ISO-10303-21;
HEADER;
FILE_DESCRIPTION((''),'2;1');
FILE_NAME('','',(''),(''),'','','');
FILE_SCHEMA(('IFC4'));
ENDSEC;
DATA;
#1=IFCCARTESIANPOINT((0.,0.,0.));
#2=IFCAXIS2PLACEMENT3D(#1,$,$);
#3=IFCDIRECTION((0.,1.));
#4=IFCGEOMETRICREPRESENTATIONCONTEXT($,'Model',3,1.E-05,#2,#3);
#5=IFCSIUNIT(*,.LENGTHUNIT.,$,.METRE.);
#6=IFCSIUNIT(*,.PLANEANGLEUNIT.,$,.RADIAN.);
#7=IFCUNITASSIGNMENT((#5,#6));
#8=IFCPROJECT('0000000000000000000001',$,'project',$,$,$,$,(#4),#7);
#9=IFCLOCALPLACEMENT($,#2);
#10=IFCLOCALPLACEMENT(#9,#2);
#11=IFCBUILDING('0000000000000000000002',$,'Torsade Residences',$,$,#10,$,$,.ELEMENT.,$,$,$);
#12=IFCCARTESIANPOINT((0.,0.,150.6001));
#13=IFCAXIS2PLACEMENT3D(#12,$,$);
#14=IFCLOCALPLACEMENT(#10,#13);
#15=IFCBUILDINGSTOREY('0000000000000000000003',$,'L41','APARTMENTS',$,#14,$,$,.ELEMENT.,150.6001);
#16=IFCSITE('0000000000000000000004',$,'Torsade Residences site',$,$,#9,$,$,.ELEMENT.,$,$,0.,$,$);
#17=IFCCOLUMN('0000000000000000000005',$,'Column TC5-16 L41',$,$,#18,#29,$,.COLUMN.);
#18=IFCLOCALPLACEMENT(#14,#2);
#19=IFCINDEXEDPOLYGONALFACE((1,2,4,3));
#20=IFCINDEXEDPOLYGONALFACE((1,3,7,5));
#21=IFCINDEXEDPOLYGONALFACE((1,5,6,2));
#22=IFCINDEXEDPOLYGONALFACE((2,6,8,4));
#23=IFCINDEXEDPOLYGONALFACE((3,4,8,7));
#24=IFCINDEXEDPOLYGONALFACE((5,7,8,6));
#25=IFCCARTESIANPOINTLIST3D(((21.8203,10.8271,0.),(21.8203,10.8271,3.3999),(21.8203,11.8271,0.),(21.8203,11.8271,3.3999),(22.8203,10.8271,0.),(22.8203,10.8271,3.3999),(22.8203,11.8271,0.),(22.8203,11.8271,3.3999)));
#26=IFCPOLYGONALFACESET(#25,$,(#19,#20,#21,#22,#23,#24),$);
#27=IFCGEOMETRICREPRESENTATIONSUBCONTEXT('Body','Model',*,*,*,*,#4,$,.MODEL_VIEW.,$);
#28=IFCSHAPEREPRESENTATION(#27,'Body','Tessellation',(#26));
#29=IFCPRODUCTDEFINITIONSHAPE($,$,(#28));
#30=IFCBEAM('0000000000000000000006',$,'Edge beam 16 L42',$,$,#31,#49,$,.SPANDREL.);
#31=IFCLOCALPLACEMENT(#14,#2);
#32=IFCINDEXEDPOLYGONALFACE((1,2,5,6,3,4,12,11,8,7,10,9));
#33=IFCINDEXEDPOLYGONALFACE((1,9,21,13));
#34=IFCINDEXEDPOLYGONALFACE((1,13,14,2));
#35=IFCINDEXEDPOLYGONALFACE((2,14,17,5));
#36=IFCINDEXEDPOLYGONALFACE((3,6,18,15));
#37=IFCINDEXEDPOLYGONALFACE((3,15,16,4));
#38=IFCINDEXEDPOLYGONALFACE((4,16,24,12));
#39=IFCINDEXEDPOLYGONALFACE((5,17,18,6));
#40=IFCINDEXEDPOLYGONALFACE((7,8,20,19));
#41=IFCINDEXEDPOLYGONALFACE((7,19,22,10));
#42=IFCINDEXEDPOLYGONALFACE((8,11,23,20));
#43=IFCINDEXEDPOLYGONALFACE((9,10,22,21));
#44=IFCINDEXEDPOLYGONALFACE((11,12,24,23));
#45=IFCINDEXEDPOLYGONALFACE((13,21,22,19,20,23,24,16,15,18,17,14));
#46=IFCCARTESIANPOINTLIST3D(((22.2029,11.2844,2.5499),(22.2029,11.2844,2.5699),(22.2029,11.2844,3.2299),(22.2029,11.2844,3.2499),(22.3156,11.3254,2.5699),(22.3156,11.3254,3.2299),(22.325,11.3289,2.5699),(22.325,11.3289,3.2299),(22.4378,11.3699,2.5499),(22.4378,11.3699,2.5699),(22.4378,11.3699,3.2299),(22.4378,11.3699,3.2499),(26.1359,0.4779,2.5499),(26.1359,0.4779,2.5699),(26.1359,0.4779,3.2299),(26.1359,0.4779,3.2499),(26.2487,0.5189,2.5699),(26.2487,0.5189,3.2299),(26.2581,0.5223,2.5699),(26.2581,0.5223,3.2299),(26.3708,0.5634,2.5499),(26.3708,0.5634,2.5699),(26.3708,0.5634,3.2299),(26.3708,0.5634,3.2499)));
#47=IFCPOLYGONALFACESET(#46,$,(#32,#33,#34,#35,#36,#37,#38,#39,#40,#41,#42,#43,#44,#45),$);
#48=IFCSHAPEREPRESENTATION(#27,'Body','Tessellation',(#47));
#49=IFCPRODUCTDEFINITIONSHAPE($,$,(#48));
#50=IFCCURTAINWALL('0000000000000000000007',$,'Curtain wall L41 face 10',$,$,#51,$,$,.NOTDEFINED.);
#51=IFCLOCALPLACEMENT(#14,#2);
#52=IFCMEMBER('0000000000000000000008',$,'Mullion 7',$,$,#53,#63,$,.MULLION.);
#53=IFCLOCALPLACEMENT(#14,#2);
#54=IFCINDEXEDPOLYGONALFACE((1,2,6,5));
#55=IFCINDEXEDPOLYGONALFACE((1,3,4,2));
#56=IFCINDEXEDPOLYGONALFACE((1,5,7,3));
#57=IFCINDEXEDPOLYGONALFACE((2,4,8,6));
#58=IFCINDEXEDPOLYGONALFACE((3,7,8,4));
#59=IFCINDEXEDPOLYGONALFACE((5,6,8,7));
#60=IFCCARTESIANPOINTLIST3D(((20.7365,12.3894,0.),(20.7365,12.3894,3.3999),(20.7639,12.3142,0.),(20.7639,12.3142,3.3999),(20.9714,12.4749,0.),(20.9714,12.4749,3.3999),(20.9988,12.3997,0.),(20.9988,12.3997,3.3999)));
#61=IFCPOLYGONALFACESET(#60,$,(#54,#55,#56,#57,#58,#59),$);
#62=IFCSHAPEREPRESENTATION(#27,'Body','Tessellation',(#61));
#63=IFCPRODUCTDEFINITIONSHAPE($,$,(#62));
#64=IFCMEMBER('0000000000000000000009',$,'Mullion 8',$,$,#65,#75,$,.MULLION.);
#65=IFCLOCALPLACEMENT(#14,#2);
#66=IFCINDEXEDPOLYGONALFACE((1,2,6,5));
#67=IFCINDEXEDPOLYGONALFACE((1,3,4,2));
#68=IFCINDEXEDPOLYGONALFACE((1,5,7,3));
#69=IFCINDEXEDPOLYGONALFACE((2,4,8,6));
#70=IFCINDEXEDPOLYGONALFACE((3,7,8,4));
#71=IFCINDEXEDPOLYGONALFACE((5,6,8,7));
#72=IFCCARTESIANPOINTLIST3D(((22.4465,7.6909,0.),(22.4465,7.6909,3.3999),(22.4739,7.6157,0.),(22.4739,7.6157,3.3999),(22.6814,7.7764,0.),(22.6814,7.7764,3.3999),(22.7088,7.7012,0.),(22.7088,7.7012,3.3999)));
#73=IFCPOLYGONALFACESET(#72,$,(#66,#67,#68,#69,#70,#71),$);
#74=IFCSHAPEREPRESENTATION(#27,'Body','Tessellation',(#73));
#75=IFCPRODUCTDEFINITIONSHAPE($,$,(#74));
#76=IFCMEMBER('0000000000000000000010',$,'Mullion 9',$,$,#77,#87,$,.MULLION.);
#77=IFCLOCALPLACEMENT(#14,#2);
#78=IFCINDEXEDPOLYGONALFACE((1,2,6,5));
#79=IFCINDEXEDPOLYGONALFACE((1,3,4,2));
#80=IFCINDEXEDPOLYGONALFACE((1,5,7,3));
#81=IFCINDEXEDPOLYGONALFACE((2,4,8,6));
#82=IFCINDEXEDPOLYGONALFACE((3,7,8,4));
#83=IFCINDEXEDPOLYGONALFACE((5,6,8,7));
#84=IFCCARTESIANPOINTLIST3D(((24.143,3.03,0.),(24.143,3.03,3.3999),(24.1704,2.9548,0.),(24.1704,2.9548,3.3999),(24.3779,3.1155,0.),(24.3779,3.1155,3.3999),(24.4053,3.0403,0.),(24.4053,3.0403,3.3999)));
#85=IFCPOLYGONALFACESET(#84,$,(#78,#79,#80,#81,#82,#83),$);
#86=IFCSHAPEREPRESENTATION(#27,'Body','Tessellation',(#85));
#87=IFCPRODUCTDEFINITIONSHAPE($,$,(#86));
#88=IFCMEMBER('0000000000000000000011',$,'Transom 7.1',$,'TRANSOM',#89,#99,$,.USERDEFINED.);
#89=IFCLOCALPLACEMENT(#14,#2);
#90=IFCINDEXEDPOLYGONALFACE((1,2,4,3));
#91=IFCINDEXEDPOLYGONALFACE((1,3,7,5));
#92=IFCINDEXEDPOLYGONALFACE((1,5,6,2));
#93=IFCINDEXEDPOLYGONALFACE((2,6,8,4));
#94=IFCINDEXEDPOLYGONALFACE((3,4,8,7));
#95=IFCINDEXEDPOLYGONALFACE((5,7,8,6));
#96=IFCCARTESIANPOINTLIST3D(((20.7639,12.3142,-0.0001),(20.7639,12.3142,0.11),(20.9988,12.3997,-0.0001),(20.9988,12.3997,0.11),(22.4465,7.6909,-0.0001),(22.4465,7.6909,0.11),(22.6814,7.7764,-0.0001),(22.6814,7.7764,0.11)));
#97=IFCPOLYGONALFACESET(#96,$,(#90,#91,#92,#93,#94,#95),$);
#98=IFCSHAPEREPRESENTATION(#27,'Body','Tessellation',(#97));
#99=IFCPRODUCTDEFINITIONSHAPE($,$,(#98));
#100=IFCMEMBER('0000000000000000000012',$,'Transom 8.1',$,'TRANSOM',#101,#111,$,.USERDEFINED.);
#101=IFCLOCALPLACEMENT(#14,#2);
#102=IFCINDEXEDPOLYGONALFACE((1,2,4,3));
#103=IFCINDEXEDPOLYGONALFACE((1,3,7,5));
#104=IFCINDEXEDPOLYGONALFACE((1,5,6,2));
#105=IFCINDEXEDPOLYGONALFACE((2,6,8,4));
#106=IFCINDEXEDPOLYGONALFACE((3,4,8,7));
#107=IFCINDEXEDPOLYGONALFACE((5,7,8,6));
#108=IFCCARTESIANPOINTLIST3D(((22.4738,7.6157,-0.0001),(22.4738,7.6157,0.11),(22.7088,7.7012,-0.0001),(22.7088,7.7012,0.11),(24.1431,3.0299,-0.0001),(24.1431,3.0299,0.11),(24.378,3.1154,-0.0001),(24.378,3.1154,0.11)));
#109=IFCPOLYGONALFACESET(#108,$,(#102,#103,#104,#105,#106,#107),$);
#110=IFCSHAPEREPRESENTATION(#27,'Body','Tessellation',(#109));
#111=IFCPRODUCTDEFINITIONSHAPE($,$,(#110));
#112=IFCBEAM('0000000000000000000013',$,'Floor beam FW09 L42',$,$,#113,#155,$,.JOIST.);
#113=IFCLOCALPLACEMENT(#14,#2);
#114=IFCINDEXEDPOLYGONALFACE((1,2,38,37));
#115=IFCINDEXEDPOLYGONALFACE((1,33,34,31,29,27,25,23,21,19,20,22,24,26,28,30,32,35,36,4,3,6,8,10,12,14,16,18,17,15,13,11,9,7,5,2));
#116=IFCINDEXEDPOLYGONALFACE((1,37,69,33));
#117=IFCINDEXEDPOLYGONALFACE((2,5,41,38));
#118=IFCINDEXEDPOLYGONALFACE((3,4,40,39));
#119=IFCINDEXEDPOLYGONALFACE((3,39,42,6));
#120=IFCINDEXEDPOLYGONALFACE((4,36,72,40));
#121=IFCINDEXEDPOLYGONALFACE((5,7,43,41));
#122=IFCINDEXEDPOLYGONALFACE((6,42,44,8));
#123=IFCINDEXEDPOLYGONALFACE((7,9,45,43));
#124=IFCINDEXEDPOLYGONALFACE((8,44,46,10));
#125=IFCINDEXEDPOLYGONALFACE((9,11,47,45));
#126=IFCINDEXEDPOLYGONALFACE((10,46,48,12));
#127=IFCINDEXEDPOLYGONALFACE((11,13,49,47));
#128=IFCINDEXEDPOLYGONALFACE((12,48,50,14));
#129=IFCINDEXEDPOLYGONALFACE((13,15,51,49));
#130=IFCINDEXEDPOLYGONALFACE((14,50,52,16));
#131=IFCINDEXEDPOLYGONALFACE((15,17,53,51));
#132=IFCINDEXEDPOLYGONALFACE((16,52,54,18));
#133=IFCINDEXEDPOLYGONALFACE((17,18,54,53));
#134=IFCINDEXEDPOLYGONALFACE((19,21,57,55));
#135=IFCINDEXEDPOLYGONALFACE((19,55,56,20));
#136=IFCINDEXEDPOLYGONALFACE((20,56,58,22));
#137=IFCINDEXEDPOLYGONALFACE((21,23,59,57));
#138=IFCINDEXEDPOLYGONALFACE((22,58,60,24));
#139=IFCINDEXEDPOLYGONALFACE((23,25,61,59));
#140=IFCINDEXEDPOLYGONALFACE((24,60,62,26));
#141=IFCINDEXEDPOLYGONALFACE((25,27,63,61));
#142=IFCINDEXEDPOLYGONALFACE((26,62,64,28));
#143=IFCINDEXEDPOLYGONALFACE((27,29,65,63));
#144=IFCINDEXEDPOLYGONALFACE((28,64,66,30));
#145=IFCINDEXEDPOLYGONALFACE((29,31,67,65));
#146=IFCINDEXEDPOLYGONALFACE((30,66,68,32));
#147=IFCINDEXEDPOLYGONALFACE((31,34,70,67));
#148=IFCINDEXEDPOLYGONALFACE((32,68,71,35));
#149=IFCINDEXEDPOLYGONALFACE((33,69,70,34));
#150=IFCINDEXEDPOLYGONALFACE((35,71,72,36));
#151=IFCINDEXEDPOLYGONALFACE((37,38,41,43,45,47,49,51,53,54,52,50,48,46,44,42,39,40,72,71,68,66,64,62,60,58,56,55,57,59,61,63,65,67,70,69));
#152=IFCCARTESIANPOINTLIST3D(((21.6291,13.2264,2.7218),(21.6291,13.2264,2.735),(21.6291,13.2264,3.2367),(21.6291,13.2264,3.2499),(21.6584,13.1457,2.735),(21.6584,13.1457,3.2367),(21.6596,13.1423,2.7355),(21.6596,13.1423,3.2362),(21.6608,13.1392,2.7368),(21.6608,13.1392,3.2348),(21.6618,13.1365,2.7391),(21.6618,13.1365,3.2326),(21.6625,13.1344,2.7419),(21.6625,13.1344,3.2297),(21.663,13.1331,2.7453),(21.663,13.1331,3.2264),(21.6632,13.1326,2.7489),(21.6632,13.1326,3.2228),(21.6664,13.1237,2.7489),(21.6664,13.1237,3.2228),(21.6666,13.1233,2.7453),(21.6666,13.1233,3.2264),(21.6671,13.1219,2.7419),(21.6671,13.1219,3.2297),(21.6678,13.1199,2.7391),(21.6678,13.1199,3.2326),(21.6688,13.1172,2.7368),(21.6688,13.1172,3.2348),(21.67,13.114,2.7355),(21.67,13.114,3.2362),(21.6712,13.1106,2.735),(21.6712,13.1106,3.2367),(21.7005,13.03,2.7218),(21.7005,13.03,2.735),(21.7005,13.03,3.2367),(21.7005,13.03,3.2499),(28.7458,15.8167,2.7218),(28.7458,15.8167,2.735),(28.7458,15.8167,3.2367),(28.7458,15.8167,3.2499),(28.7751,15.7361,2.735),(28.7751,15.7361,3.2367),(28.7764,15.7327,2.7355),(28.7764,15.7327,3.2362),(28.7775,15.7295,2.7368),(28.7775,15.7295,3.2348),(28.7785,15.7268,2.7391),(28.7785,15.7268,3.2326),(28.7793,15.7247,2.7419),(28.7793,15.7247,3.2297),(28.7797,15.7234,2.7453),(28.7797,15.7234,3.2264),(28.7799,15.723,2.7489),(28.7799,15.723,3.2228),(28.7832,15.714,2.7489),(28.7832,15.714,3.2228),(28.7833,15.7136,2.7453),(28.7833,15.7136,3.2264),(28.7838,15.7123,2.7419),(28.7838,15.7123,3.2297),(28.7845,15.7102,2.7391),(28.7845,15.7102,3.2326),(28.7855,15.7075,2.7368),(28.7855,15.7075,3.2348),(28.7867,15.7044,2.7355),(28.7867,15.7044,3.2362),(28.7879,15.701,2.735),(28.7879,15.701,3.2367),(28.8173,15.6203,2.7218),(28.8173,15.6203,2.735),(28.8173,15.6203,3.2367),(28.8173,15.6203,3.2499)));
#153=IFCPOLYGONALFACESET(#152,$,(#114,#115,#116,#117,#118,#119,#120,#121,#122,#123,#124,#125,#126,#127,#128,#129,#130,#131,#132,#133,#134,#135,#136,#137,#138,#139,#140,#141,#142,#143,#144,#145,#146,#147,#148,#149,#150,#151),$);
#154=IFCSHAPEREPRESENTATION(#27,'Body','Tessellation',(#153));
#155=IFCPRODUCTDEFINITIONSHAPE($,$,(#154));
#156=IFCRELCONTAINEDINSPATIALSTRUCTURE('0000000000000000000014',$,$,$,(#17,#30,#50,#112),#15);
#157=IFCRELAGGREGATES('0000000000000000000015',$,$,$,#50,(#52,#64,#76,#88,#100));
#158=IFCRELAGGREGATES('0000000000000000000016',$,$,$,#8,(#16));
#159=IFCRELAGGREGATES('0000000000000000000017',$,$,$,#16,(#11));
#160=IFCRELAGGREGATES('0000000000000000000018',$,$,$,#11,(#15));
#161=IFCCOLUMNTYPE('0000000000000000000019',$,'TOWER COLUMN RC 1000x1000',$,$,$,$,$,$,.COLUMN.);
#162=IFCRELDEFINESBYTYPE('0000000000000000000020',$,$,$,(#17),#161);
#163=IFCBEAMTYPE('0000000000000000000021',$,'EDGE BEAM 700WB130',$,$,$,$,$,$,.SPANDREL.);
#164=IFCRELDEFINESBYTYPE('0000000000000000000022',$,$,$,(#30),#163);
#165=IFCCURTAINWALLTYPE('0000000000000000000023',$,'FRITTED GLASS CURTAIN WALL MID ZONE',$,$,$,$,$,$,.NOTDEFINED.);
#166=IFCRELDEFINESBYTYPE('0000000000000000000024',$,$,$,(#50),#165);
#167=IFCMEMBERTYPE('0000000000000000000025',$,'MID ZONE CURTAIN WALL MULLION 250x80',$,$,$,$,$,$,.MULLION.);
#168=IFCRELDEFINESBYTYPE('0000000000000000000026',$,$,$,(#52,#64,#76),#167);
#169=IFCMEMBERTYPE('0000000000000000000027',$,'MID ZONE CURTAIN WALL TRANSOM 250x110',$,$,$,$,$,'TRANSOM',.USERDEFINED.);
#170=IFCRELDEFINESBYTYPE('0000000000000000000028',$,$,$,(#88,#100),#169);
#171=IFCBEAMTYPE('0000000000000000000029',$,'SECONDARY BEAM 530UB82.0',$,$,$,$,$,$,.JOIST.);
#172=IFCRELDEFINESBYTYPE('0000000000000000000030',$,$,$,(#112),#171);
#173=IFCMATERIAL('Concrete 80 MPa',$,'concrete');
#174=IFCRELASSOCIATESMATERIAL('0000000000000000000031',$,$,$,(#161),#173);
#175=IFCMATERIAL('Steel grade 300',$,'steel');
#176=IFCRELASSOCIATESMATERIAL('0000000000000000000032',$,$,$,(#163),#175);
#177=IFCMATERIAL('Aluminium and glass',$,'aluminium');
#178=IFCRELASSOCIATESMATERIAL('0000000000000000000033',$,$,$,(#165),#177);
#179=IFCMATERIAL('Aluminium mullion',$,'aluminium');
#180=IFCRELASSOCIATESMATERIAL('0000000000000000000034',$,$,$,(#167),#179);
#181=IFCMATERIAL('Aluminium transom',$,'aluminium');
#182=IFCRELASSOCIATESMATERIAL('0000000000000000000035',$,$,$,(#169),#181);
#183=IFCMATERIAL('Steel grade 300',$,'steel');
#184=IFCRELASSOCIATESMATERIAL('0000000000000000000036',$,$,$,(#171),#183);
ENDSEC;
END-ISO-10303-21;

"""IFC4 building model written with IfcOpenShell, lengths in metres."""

from ifc_helpers import new_model, si_unit, direction, frame, origin, origin_2d, place, context, subcontext, project, spatial, rectangle, i_section, extrude, material, material_profile, profile_set, type_object, element, aggregate, save


model = new_model("IFC4")

# Units and contexts
model_context = context("Model", 3, precision=1e-05, world=origin(), true_north=direction((0.0, 1.0)))
body_context = subcontext(model_context, "Body", "Model", "MODEL_VIEW")
ifc_project = project(units=[si_unit("LENGTHUNIT", "METRE"), si_unit("PLANEANGLEUNIT", "RADIAN")], contexts=[model_context])

# Site, building, storey
site_placement = place(None, origin())
site = spatial("IfcSite", under=ifc_project, at=site_placement, Name="Torsade Residences site", CompositionType="ELEMENT", RefElevation=0.0)
building_placement = place(site_placement, origin())
building = spatial("IfcBuilding", under=site, at=building_placement, Name="Torsade Residences", CompositionType="ELEMENT")
storey_placement = place(building_placement, frame((0.0, 0.0, 150.6001)))
storey = spatial("IfcBuildingStorey", under=building, at=storey_placement, Name="L41", Description="APARTMENTS", CompositionType="ELEMENT", Elevation=150.6001)

# Column
ifc_material_1 = material(Name="Concrete 80 MPa", Category="concrete")
ifc_material_profile_1 = material_profile(ifc_material_1, rectangle(XDim=1.0, YDim=1.0, at=origin_2d()), Name="RC 1000x1000")
ifc_profile_set_1 = profile_set([ifc_material_profile_1], Name="Concrete 80 MPa")
column_type = type_object("IfcColumnType", Name="TOWER COLUMN RC 1000x1000", PredefinedType="COLUMN", material=ifc_profile_set_1)
column_placement = place(storey_placement, frame((22.3203, 11.3271, 0.0), z_axis=(0.0, 0.0, 1.0), x_axis=(1.0, 0.0, 0.0)))
element("IfcColumn", 1, at=column_placement, inside=storey, type_object=column_type, Name="Column TC5-16 L41", PredefinedType="COLUMN", context=body_context, shape_type="SweptSolid", body=[
    extrude(rectangle(XDim=1.0, YDim=1.0, at=origin_2d()), origin(), (0.0, 0.0, 1.0), 3.3999),
])

# Beam
ifc_material_2 = material(Name="Steel grade 300", Category="steel")
ifc_material_profile_2 = material_profile(ifc_material_2, i_section(OverallWidth=0.25, OverallDepth=0.7, WebThickness=0.01, FlangeThickness=0.02, at=origin_2d()), Name="700WB130")
ifc_profile_set_2 = profile_set([ifc_material_profile_2], Name="Steel grade 300")
beam_type_1 = type_object("IfcBeamType", Name="EDGE BEAM 700WB130", PredefinedType="SPANDREL", material=ifc_profile_set_2)
beam_1_placement = place(storey_placement, frame((22.3203, 11.3271, 2.8999), z_axis=(0.342006, -0.939698, 0.0), x_axis=(0.939698, 0.342006, 0.0)))
element("IfcBeam", 2, at=beam_1_placement, inside=storey, type_object=beam_type_1, Name="Edge beam 16 L42", PredefinedType="SPANDREL", context=body_context, shape_type="SweptSolid", body=[
    extrude(i_section(OverallWidth=0.25, OverallDepth=0.7, WebThickness=0.01, FlangeThickness=0.02, at=origin_2d()), origin(), (0.0, 0.0, 1.0), 11.5),
])

# Curtain wall, members
ifc_material_3 = material(Name="Aluminium and glass", Category="aluminium")
curtain_wall_type = type_object("IfcCurtainWallType", Name="FRITTED GLASS CURTAIN WALL MID ZONE", PredefinedType="NOTDEFINED", material=ifc_material_3)
curtain_wall_placement = place(storey_placement, origin())
curtain_wall = element("IfcCurtainWall", 3, at=curtain_wall_placement, inside=storey, type_object=curtain_wall_type, Name="Curtain wall L41 face 10", PredefinedType="NOTDEFINED")
ifc_material_4 = material(Name="Aluminium mullion", Category="aluminium")
ifc_material_profile_3 = material_profile(ifc_material_4, rectangle(XDim=0.25, YDim=0.0801, at=origin_2d()), Name="MID ZONE CURTAIN WALL MULLION 250x80")
ifc_profile_set_3 = profile_set([ifc_material_profile_3], Name="Aluminium mullion")
member_type_1 = type_object("IfcMemberType", Name="MID ZONE CURTAIN WALL MULLION 250x80", PredefinedType="MULLION", material=ifc_profile_set_3)
member_1_placement = place(storey_placement, frame((20.8677, 12.3945, 0.0), z_axis=(0.0, 0.0, 1.0), x_axis=(0.939693, 0.34202, 0.0)))
member_1 = element("IfcMember", 4, at=member_1_placement, type_object=member_type_1, Name="Mullion 7", PredefinedType="MULLION", context=body_context, shape_type="SweptSolid", body=[
    extrude(rectangle(XDim=0.25, YDim=0.0801, at=origin_2d()), origin(), (0.0, 0.0, 1.0), 3.3999),
])
member_2_placement = place(storey_placement, frame((22.5776, 7.696, 0.0), z_axis=(0.0, 0.0, 1.0), x_axis=(0.939693, 0.34202, 0.0)))
member_2 = element("IfcMember", 5, at=member_2_placement, type_object=member_type_1, Name="Mullion 8", PredefinedType="MULLION", context=body_context, shape_type="SweptSolid", body=[
    extrude(rectangle(XDim=0.25, YDim=0.0801, at=origin_2d()), origin(), (0.0, 0.0, 1.0), 3.3999),
])
member_3_placement = place(storey_placement, frame((24.2742, 3.0352, 0.0), z_axis=(0.0, 0.0, 1.0), x_axis=(0.939693, 0.34202, 0.0)))
member_3 = element("IfcMember", 6, at=member_3_placement, type_object=member_type_1, Name="Mullion 9", PredefinedType="MULLION", context=body_context, shape_type="SweptSolid", body=[
    extrude(rectangle(XDim=0.25, YDim=0.0801, at=origin_2d()), origin(), (0.0, 0.0, 1.0), 3.3999),
])
ifc_material_5 = material(Name="Aluminium transom", Category="aluminium")
ifc_material_profile_4 = material_profile(ifc_material_5, rectangle(XDim=0.25, YDim=0.1101, at=origin_2d()), Name="MID ZONE CURTAIN WALL TRANSOM 250x110")
ifc_profile_set_4 = profile_set([ifc_material_profile_4], Name="Aluminium transom")
member_type_2 = type_object("IfcMemberType", Name="MID ZONE CURTAIN WALL TRANSOM 250x110", ElementType="TRANSOM", PredefinedType="USERDEFINED", material=ifc_profile_set_4)
member_4_placement = place(storey_placement, frame((20.8813, 12.3569, 0.0549), z_axis=(0.341998, -0.939701, 0.0), x_axis=(0.939701, 0.341998, 0.0)))
member_4 = element("IfcMember", 7, at=member_4_placement, type_object=member_type_2, Name="Transom 7.1", ObjectType="TRANSOM", PredefinedType="USERDEFINED", context=body_context, shape_type="SweptSolid", body=[
    extrude(rectangle(XDim=0.25, YDim=0.1101, at=origin_2d()), origin(), (0.0, 0.0, 1.0), 4.9199),
])
member_5_placement = place(storey_placement, frame((22.5913, 7.6584, 0.0549), z_axis=(0.342044, -0.939684, 0.0), x_axis=(0.939684, 0.342044, 0.0)))
member_5 = element("IfcMember", 8, at=member_5_placement, type_object=member_type_2, Name="Transom 8.1", ObjectType="TRANSOM", PredefinedType="USERDEFINED", context=body_context, shape_type="SweptSolid", body=[
    extrude(rectangle(XDim=0.25, YDim=0.1101, at=origin_2d()), origin(), (0.0, 0.0, 1.0), 4.8801),
])

# Beam
ifc_material_6 = material(Name="Steel grade 300", Category="steel")
ifc_material_profile_5 = material_profile(ifc_material_6, i_section(OverallWidth=0.209, OverallDepth=0.5281, WebThickness=0.0095, FlangeThickness=0.0132, FilletRadius=0.0139, at=origin_2d()), Name="530UB82.0")
ifc_profile_set_5 = profile_set([ifc_material_profile_5], Name="Steel grade 300")
beam_type_2 = type_object("IfcBeamType", Name="SECONDARY BEAM 530UB82.0", PredefinedType="JOIST", material=ifc_profile_set_5)
beam_2_placement = place(storey_placement, frame((21.6648, 13.1282, 2.9858), z_axis=(0.93969, 0.342028, 0.0), x_axis=(-0.342028, 0.93969, 0.0)))
element("IfcBeam", 9, at=beam_2_placement, inside=storey, type_object=beam_type_2, Name="Floor beam FW09 L42", PredefinedType="JOIST", context=body_context, shape_type="SweptSolid", body=[
    extrude(i_section(OverallWidth=0.209, OverallDepth=0.5281, WebThickness=0.0095, FlangeThickness=0.0132, FilletRadius=0.0139, at=origin_2d()), origin(), (0.0, 0.0, 1.0), 7.5735),
])

aggregate(curtain_wall, [member_1, member_2, member_3, member_4, member_5])

save(model, "model.ifc")
